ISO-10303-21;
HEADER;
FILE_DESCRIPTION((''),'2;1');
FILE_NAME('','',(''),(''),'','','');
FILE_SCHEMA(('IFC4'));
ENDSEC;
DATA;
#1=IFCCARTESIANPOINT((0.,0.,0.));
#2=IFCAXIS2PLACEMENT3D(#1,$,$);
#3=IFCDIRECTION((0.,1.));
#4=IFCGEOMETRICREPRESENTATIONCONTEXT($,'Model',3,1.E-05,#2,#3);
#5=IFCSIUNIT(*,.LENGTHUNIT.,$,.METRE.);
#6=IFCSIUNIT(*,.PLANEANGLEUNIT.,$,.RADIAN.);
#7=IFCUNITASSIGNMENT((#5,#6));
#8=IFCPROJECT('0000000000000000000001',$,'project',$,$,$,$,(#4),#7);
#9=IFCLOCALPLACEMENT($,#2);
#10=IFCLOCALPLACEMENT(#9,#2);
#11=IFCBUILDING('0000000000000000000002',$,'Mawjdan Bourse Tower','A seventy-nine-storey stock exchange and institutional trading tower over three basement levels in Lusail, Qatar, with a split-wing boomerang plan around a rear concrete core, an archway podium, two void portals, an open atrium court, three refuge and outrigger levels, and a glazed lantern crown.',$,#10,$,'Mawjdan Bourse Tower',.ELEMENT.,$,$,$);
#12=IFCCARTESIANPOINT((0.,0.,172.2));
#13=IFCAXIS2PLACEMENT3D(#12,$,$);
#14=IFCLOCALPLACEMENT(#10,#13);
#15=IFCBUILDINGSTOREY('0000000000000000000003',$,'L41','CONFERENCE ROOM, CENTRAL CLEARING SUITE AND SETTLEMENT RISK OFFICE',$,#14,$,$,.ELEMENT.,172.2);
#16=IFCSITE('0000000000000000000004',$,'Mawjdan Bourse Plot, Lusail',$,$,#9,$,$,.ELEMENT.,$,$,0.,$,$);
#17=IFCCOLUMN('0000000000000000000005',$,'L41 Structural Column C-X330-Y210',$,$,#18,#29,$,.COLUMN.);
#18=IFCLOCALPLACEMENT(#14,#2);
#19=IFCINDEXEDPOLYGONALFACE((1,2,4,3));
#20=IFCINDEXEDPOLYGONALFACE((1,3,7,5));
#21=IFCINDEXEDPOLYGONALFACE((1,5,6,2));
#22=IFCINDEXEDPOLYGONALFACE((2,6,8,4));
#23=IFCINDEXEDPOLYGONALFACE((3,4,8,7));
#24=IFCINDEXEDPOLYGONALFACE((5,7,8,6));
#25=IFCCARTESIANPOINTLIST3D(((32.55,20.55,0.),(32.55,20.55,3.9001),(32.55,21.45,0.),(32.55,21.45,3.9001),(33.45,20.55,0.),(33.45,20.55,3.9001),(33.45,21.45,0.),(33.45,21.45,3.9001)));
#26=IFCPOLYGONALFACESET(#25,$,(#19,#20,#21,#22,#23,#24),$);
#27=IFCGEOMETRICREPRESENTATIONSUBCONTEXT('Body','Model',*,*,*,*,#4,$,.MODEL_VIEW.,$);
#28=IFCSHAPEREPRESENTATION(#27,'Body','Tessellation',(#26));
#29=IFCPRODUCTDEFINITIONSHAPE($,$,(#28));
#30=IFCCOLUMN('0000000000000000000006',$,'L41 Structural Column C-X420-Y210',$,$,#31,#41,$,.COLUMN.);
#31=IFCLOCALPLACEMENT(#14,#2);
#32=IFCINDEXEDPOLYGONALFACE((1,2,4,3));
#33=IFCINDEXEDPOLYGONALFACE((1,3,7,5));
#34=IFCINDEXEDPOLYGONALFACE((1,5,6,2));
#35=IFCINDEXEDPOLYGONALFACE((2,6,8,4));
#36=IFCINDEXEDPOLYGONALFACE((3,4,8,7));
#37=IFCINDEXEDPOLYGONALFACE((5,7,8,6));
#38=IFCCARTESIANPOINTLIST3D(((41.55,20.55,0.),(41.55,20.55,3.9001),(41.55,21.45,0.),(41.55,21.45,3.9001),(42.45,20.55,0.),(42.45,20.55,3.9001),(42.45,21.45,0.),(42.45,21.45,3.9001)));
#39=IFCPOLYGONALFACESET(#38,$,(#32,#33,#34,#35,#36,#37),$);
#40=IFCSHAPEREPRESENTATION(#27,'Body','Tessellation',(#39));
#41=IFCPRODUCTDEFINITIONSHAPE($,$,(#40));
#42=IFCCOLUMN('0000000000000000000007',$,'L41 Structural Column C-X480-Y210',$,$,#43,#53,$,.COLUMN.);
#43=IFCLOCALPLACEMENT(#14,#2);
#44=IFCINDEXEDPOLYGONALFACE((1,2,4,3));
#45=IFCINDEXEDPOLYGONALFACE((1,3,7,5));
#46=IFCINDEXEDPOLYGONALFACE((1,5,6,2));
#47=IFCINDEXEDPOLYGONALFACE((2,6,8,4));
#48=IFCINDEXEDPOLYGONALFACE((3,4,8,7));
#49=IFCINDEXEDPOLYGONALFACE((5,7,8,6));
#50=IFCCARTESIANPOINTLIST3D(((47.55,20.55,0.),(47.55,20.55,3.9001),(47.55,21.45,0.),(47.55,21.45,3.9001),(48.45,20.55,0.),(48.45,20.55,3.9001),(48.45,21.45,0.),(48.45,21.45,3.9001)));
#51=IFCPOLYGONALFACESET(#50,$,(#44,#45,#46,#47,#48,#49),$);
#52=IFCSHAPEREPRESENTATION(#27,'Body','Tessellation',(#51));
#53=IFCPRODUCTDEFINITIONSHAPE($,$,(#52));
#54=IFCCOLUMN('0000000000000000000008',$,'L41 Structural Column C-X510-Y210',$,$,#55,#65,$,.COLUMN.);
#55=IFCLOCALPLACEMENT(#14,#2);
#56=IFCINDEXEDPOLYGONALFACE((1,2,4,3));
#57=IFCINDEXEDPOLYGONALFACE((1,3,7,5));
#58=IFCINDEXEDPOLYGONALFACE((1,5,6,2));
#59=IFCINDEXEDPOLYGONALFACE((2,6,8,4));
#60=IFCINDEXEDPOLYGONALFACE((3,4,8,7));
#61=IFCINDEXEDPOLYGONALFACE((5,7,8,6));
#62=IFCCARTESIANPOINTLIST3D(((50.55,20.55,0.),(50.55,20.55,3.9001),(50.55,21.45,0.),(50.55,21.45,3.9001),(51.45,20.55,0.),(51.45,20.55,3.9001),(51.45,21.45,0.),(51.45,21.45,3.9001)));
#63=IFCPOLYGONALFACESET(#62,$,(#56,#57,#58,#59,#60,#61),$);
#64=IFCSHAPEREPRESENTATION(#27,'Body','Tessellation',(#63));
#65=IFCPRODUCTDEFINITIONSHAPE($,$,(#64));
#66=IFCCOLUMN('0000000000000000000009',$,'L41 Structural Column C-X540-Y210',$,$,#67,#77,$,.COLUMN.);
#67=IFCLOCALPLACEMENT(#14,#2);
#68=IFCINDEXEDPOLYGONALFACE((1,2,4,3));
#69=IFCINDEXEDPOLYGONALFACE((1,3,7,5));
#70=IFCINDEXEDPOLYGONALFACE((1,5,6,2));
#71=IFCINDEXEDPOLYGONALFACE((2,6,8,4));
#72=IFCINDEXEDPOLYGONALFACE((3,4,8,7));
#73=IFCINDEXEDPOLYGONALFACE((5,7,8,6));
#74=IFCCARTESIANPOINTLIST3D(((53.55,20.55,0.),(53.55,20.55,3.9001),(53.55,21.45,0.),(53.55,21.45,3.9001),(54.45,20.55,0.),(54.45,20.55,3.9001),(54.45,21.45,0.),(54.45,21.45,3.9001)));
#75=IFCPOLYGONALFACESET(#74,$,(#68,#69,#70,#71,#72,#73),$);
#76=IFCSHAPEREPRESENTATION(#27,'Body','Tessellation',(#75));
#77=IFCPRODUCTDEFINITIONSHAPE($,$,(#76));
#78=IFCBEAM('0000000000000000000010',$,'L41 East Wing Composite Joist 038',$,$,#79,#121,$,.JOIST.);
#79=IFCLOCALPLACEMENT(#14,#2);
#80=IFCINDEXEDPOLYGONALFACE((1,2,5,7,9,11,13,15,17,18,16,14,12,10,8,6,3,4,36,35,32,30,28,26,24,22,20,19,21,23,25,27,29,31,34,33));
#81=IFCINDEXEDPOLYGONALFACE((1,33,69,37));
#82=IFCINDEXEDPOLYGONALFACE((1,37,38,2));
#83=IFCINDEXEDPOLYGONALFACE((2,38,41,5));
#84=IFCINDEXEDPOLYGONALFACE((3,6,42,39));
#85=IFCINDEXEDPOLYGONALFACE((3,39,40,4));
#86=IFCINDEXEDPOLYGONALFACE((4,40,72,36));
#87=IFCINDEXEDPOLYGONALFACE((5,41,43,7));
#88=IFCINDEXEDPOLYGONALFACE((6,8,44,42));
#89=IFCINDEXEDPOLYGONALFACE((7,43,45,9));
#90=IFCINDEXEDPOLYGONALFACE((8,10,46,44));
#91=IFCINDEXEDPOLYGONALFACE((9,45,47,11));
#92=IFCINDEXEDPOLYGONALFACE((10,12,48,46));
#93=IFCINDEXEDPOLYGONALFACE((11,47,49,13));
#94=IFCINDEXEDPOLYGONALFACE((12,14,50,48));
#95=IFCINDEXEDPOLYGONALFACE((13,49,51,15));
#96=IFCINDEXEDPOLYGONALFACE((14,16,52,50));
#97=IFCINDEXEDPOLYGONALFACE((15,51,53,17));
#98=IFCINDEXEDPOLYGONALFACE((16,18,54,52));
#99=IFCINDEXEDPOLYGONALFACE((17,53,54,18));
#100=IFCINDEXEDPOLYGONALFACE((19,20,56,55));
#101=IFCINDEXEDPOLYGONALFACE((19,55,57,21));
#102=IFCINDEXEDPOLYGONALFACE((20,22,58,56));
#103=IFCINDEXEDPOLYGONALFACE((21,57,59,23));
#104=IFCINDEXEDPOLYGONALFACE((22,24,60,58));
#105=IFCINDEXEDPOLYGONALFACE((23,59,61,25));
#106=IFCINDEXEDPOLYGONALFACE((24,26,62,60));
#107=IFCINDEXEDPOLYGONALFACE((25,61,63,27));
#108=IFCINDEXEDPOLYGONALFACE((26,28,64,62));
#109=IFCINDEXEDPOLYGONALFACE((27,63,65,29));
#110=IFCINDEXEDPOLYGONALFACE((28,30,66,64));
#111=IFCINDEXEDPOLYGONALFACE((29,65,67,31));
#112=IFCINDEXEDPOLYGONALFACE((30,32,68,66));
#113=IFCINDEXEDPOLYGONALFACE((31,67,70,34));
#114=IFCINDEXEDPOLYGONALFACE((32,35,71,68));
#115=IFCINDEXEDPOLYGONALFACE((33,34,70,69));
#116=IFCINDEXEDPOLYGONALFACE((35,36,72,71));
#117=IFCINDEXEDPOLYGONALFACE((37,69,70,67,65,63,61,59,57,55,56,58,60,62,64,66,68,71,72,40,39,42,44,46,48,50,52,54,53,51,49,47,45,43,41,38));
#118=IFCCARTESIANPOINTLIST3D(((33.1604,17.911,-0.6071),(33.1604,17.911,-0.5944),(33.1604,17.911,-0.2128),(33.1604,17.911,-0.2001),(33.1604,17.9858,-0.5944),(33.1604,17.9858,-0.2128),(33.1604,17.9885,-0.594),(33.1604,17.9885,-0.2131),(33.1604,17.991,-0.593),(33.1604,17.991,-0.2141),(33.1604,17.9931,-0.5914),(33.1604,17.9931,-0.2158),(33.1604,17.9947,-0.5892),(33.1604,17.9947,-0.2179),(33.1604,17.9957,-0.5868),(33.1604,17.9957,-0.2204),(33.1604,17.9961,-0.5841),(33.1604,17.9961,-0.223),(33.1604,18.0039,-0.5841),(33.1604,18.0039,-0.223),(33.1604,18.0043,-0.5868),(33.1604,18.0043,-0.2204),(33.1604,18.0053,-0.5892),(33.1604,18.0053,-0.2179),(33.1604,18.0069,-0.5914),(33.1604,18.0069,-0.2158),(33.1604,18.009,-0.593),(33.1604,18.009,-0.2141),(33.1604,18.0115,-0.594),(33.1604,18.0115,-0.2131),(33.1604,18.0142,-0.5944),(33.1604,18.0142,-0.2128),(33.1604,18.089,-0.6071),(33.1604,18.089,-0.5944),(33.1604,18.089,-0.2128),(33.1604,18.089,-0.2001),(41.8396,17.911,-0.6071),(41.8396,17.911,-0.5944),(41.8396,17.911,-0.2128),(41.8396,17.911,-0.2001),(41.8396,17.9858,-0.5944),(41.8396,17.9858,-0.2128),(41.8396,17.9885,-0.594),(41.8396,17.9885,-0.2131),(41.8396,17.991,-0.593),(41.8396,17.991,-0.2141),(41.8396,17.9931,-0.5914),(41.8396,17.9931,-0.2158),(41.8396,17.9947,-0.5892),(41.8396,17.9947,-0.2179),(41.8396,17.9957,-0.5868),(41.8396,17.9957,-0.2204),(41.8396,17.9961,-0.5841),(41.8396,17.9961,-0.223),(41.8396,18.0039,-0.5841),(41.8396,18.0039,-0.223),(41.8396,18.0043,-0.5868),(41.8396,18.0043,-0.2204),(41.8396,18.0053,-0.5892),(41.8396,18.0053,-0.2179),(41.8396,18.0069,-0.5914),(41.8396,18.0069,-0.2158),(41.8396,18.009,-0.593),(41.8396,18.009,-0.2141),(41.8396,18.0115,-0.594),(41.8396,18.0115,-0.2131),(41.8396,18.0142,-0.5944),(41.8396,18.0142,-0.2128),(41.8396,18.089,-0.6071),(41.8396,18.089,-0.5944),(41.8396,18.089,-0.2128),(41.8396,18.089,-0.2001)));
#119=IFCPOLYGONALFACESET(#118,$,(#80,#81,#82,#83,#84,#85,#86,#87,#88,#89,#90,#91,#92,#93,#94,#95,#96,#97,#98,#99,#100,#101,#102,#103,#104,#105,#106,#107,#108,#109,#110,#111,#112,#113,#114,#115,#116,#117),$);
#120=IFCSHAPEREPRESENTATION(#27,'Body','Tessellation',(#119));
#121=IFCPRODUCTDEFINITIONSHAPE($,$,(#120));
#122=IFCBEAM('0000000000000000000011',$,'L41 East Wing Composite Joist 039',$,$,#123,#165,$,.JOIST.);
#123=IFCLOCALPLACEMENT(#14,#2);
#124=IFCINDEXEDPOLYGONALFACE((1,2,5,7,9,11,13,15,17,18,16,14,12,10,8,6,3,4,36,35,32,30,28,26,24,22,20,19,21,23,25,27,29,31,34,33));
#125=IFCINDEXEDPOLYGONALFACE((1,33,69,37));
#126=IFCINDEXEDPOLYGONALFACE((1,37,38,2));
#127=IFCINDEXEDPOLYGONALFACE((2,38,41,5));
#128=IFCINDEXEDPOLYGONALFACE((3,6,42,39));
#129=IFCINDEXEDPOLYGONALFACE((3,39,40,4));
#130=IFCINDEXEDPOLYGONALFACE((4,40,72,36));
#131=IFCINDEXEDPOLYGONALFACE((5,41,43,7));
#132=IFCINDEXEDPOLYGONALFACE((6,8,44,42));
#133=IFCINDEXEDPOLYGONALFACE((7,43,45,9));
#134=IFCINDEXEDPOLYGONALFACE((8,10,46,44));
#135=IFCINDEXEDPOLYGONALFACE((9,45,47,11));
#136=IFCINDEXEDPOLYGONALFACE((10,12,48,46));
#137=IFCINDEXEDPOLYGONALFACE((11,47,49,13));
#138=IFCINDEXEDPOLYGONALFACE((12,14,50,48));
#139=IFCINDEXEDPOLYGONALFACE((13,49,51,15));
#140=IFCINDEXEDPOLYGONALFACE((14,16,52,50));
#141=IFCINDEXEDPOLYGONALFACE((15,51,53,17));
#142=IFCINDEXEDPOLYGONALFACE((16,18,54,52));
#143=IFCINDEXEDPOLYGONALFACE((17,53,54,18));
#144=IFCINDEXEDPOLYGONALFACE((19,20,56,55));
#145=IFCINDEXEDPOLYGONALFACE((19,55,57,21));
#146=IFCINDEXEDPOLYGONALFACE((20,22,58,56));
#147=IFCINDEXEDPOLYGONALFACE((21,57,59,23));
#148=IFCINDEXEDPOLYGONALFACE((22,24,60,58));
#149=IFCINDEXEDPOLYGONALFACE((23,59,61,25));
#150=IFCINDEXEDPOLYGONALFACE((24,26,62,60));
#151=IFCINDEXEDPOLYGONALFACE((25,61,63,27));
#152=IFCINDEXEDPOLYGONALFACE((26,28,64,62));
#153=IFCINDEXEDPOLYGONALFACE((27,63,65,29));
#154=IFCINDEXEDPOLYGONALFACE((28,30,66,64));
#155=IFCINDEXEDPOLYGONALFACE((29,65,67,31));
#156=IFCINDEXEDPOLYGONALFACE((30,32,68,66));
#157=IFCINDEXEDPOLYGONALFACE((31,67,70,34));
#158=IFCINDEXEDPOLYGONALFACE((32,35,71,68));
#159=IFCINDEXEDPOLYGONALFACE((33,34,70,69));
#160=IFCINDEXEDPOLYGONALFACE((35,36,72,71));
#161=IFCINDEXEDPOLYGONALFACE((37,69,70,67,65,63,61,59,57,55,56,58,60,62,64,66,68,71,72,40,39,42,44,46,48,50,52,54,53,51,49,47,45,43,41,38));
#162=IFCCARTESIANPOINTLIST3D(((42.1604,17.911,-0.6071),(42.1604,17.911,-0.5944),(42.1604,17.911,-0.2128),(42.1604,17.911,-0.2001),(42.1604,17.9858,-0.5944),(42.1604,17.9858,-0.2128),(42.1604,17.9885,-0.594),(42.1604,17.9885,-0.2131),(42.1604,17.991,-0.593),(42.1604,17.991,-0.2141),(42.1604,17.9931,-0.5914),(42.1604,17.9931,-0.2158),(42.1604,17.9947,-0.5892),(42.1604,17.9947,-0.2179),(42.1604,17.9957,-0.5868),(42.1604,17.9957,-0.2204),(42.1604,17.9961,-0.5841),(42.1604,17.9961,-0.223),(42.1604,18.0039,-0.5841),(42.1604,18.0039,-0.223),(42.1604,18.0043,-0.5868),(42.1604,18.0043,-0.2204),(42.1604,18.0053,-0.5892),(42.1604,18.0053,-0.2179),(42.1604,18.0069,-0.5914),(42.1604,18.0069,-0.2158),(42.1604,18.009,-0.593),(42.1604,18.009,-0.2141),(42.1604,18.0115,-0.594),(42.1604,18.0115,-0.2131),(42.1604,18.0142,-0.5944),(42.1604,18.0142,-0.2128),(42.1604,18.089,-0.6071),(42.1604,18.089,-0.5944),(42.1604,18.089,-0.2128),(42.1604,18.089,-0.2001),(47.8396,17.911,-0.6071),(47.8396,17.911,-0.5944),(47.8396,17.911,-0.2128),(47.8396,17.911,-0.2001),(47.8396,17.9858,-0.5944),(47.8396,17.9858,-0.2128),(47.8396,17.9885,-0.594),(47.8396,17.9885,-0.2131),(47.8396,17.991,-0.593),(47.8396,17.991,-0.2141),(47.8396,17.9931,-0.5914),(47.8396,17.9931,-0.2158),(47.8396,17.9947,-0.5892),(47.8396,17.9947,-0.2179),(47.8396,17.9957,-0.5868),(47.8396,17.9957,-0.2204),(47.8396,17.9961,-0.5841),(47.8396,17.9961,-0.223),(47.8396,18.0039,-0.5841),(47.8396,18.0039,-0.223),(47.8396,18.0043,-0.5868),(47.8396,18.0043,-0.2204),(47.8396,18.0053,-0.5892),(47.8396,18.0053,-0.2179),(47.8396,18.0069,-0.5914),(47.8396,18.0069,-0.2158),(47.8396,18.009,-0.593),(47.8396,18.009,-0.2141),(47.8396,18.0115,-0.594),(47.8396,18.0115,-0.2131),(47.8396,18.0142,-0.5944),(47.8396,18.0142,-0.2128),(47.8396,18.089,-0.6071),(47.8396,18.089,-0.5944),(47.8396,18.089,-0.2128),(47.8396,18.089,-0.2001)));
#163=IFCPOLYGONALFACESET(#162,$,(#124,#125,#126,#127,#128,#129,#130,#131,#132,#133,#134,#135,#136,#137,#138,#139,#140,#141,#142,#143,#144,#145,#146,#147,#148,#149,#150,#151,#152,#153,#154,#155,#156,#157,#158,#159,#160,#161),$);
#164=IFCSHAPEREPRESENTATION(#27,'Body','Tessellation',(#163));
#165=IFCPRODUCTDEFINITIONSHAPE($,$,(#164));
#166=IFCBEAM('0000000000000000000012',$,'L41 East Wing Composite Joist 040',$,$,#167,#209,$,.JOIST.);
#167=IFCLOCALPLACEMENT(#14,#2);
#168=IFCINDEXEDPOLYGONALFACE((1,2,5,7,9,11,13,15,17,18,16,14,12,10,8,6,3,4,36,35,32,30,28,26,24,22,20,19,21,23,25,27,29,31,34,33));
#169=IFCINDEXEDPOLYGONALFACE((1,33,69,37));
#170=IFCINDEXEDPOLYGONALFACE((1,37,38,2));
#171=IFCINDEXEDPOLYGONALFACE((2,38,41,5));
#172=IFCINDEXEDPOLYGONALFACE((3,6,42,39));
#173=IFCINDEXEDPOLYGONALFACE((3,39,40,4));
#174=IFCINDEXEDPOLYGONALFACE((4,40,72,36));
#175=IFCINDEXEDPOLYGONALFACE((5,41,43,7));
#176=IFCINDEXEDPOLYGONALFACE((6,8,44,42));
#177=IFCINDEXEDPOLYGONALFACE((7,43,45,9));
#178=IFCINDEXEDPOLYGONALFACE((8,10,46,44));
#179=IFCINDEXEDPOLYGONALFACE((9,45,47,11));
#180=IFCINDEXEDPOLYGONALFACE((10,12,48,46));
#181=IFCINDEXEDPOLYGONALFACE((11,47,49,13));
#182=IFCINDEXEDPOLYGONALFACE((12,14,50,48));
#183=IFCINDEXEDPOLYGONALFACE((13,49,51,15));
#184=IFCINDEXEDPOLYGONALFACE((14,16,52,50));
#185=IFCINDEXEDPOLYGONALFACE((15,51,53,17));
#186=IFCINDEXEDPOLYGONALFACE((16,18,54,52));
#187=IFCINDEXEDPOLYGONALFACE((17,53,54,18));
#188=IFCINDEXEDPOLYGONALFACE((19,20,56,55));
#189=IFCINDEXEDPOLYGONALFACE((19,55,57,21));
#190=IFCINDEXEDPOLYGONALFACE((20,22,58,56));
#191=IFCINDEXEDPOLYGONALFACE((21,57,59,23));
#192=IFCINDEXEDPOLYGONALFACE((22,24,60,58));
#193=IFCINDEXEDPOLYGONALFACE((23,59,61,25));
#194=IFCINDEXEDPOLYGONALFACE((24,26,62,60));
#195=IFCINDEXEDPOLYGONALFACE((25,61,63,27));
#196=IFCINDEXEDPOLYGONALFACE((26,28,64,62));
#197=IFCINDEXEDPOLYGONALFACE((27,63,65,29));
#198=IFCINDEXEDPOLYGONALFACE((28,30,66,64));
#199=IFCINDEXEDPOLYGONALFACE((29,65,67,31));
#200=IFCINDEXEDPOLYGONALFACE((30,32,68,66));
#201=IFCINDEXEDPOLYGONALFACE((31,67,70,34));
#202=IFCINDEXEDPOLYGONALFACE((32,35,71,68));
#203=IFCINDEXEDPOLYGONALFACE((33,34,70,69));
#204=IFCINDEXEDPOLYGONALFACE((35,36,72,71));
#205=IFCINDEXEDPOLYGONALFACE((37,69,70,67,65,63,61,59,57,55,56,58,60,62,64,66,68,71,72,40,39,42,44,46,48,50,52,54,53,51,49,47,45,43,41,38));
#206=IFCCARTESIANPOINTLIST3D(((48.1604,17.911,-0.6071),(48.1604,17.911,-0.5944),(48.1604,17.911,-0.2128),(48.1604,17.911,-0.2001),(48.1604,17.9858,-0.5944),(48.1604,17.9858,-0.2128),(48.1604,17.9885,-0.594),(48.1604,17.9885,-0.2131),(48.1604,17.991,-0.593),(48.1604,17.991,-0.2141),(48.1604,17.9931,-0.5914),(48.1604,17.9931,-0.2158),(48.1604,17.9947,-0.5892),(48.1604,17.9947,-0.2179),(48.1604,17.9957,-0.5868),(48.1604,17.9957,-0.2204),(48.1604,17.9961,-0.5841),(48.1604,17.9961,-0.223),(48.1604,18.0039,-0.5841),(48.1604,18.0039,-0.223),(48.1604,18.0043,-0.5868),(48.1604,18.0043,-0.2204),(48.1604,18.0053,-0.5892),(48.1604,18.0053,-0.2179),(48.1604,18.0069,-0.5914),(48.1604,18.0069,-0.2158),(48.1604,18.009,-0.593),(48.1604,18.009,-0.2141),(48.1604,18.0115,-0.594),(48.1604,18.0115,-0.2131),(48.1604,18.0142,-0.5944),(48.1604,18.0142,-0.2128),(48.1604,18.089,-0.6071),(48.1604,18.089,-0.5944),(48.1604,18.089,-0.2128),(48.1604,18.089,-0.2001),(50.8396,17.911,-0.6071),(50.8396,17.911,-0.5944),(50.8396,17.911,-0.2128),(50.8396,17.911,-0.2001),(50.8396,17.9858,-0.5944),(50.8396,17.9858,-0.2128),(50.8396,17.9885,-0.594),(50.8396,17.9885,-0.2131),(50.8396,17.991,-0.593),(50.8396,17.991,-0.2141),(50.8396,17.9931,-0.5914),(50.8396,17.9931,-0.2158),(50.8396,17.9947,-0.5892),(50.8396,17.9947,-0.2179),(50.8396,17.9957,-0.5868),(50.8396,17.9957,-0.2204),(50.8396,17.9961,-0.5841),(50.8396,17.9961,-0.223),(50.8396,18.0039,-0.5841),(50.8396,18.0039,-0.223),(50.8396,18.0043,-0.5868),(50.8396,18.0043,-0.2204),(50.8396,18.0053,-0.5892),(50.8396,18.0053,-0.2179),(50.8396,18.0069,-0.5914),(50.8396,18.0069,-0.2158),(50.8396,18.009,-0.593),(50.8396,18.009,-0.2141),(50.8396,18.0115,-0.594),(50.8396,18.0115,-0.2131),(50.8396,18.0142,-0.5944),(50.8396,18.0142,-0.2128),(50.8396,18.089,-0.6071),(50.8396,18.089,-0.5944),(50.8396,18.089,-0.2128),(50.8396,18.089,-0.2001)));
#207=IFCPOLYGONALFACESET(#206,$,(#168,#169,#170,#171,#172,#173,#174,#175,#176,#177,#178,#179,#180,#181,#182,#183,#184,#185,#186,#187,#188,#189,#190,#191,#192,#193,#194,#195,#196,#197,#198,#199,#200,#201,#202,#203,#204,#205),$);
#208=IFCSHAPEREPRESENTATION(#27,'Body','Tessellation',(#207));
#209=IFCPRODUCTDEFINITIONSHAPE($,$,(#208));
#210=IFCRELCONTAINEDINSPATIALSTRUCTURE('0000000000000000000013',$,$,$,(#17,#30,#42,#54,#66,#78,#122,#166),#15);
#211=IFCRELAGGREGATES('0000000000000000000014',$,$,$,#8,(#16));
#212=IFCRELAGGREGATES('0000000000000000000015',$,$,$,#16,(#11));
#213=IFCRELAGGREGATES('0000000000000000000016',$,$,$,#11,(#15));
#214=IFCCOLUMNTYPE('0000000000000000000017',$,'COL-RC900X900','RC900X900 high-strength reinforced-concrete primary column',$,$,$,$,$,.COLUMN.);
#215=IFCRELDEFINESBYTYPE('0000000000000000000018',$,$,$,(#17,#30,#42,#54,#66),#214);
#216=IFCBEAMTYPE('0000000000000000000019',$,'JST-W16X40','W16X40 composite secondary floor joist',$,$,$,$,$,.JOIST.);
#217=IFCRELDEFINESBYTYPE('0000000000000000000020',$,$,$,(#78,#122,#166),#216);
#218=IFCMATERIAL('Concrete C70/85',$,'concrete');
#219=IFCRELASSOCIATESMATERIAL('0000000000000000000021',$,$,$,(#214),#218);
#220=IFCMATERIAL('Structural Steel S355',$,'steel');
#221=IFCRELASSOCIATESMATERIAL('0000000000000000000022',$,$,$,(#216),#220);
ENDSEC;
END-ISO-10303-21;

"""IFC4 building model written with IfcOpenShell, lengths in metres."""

from ifc_helpers import new_model, si_unit, direction, frame, origin, origin_2d, place, context, subcontext, project, spatial, rectangle, i_section, extrude, material, material_profile, profile_set, type_object, element, save


model = new_model("IFC4")

# Units and contexts
model_context = context("Model", 3, precision=1e-05, world=origin(), true_north=direction((0.0, 1.0)))
body_context = subcontext(model_context, "Body", "Model", "MODEL_VIEW")
ifc_project = project(units=[si_unit("LENGTHUNIT", "METRE"), si_unit("PLANEANGLEUNIT", "RADIAN")], contexts=[model_context])

# Site, building, storey
site_placement = place(None, origin())
site = spatial("IfcSite", under=ifc_project, at=site_placement, Name="Mawjdan Bourse Plot, Lusail", CompositionType="ELEMENT", RefElevation=0.0)
building_placement = place(site_placement, origin())
building = spatial("IfcBuilding", under=site, at=building_placement, Name="Mawjdan Bourse Tower", Description="A seventy-nine-storey stock exchange and institutional trading tower over three basement levels in Lusail, Qatar, with a split-wing boomerang plan around a rear concrete core, an archway podium, two void portals, an open atrium court, three refuge and outrigger levels, and a glazed lantern crown.", LongName="Mawjdan Bourse Tower", CompositionType="ELEMENT")
storey_placement = place(building_placement, frame((0.0, 0.0, 172.2)))
storey = spatial("IfcBuildingStorey", under=building, at=storey_placement, Name="L41", Description="CONFERENCE ROOM, CENTRAL CLEARING SUITE AND SETTLEMENT RISK OFFICE", CompositionType="ELEMENT", Elevation=172.2)

# Columns
ifc_material_1 = material(Name="Concrete C70/85", Category="concrete")
ifc_material_profile_1 = material_profile(ifc_material_1, rectangle(XDim=0.8999, YDim=0.8999, at=origin_2d()), Name="RC900X900")
ifc_profile_set_1 = profile_set([ifc_material_profile_1], Name="Concrete C70/85")
column_type = type_object("IfcColumnType", Name="COL-RC900X900", Description="RC900X900 high-strength reinforced-concrete primary column", PredefinedType="COLUMN", material=ifc_profile_set_1)
for number, where, z_axis, x_axis, name in (
    (1, (33.0, 21.0, 0.0), (0.0, 0.0, 1.0), (1.0, 0.0, 0.0), "L41 Structural Column C-X330-Y210"),
    (2, (42.0, 21.0, 0.0), (0.0, 0.0, 1.0), (1.0, 0.0, 0.0), "L41 Structural Column C-X420-Y210"),
    (3, (48.0, 21.0, 0.0), (0.0, 0.0, 1.0), (1.0, 0.0, 0.0), "L41 Structural Column C-X480-Y210"),
    (4, (51.0, 21.0, 0.0), (0.0, 0.0, 1.0), (1.0, 0.0, 0.0), "L41 Structural Column C-X510-Y210"),
    (5, (54.0, 21.0, 0.0), (0.0, 0.0, 1.0), (1.0, 0.0, 0.0), "L41 Structural Column C-X540-Y210"),
):
    element("IfcColumn", number, at=place(storey_placement, frame(where, z_axis=z_axis, x_axis=x_axis)), inside=storey, type_object=column_type, Name=name, PredefinedType="COLUMN", context=body_context, shape_type="SweptSolid", body=[
        extrude(rectangle(XDim=0.8999, YDim=0.8999, at=origin_2d()), origin(), (0.0, 0.0, 1.0), 3.9001),
    ])

# Beams
ifc_material_2 = material(Name="Structural Steel S355", Category="steel")
ifc_material_profile_2 = material_profile(ifc_material_2, i_section(OverallWidth=0.178, OverallDepth=0.407, WebThickness=0.0078, FlangeThickness=0.0127, FilletRadius=0.0103, at=origin_2d()), Name="W16X40")
ifc_profile_set_2 = profile_set([ifc_material_profile_2], Name="Structural Steel S355")
beam_type_1 = type_object("IfcBeamType", Name="JST-W16X40", Description="W16X40 composite secondary floor joist", PredefinedType="JOIST", material=ifc_profile_set_2)
beam_1_placement = place(storey_placement, frame((33.1604, 18.0, -0.4036), z_axis=(1.0, 0.0, 0.0), x_axis=(0.0, 1.0, 0.0)))
element("IfcBeam", 6, at=beam_1_placement, inside=storey, type_object=beam_type_1, Name="L41 East Wing Composite Joist 038", PredefinedType="JOIST", context=body_context, shape_type="SweptSolid", body=[
    extrude(i_section(OverallWidth=0.178, OverallDepth=0.407, WebThickness=0.0078, FlangeThickness=0.0127, FilletRadius=0.0103, at=origin_2d()), origin(), (0.0, 0.0, 1.0), 8.6792),
])
beam_2_placement = place(storey_placement, frame((42.1604, 18.0, -0.4036), z_axis=(1.0, 0.0, 0.0), x_axis=(0.0, 1.0, 0.0)))
element("IfcBeam", 7, at=beam_2_placement, inside=storey, type_object=beam_type_1, Name="L41 East Wing Composite Joist 039", PredefinedType="JOIST", context=body_context, shape_type="SweptSolid", body=[
    extrude(i_section(OverallWidth=0.178, OverallDepth=0.407, WebThickness=0.0078, FlangeThickness=0.0127, FilletRadius=0.0103, at=origin_2d()), origin(), (0.0, 0.0, 1.0), 5.6792),
])
for number, where, z_axis, x_axis, name in (
    (8, (48.1604, 18.0, -0.4036), (1.0, 0.0, 0.0), (0.0, 1.0, 0.0), "L41 East Wing Composite Joist 040"),
):
    element("IfcBeam", number, at=place(storey_placement, frame(where, z_axis=z_axis, x_axis=x_axis)), inside=storey, type_object=beam_type_1, Name=name, PredefinedType="JOIST", context=body_context, shape_type="SweptSolid", body=[
        extrude(i_section(OverallWidth=0.178, OverallDepth=0.407, WebThickness=0.0078, FlangeThickness=0.0127, FilletRadius=0.0103, at=origin_2d()), origin(), (0.0, 0.0, 1.0), 2.6792),
    ])

save(model, "model.ifc")
